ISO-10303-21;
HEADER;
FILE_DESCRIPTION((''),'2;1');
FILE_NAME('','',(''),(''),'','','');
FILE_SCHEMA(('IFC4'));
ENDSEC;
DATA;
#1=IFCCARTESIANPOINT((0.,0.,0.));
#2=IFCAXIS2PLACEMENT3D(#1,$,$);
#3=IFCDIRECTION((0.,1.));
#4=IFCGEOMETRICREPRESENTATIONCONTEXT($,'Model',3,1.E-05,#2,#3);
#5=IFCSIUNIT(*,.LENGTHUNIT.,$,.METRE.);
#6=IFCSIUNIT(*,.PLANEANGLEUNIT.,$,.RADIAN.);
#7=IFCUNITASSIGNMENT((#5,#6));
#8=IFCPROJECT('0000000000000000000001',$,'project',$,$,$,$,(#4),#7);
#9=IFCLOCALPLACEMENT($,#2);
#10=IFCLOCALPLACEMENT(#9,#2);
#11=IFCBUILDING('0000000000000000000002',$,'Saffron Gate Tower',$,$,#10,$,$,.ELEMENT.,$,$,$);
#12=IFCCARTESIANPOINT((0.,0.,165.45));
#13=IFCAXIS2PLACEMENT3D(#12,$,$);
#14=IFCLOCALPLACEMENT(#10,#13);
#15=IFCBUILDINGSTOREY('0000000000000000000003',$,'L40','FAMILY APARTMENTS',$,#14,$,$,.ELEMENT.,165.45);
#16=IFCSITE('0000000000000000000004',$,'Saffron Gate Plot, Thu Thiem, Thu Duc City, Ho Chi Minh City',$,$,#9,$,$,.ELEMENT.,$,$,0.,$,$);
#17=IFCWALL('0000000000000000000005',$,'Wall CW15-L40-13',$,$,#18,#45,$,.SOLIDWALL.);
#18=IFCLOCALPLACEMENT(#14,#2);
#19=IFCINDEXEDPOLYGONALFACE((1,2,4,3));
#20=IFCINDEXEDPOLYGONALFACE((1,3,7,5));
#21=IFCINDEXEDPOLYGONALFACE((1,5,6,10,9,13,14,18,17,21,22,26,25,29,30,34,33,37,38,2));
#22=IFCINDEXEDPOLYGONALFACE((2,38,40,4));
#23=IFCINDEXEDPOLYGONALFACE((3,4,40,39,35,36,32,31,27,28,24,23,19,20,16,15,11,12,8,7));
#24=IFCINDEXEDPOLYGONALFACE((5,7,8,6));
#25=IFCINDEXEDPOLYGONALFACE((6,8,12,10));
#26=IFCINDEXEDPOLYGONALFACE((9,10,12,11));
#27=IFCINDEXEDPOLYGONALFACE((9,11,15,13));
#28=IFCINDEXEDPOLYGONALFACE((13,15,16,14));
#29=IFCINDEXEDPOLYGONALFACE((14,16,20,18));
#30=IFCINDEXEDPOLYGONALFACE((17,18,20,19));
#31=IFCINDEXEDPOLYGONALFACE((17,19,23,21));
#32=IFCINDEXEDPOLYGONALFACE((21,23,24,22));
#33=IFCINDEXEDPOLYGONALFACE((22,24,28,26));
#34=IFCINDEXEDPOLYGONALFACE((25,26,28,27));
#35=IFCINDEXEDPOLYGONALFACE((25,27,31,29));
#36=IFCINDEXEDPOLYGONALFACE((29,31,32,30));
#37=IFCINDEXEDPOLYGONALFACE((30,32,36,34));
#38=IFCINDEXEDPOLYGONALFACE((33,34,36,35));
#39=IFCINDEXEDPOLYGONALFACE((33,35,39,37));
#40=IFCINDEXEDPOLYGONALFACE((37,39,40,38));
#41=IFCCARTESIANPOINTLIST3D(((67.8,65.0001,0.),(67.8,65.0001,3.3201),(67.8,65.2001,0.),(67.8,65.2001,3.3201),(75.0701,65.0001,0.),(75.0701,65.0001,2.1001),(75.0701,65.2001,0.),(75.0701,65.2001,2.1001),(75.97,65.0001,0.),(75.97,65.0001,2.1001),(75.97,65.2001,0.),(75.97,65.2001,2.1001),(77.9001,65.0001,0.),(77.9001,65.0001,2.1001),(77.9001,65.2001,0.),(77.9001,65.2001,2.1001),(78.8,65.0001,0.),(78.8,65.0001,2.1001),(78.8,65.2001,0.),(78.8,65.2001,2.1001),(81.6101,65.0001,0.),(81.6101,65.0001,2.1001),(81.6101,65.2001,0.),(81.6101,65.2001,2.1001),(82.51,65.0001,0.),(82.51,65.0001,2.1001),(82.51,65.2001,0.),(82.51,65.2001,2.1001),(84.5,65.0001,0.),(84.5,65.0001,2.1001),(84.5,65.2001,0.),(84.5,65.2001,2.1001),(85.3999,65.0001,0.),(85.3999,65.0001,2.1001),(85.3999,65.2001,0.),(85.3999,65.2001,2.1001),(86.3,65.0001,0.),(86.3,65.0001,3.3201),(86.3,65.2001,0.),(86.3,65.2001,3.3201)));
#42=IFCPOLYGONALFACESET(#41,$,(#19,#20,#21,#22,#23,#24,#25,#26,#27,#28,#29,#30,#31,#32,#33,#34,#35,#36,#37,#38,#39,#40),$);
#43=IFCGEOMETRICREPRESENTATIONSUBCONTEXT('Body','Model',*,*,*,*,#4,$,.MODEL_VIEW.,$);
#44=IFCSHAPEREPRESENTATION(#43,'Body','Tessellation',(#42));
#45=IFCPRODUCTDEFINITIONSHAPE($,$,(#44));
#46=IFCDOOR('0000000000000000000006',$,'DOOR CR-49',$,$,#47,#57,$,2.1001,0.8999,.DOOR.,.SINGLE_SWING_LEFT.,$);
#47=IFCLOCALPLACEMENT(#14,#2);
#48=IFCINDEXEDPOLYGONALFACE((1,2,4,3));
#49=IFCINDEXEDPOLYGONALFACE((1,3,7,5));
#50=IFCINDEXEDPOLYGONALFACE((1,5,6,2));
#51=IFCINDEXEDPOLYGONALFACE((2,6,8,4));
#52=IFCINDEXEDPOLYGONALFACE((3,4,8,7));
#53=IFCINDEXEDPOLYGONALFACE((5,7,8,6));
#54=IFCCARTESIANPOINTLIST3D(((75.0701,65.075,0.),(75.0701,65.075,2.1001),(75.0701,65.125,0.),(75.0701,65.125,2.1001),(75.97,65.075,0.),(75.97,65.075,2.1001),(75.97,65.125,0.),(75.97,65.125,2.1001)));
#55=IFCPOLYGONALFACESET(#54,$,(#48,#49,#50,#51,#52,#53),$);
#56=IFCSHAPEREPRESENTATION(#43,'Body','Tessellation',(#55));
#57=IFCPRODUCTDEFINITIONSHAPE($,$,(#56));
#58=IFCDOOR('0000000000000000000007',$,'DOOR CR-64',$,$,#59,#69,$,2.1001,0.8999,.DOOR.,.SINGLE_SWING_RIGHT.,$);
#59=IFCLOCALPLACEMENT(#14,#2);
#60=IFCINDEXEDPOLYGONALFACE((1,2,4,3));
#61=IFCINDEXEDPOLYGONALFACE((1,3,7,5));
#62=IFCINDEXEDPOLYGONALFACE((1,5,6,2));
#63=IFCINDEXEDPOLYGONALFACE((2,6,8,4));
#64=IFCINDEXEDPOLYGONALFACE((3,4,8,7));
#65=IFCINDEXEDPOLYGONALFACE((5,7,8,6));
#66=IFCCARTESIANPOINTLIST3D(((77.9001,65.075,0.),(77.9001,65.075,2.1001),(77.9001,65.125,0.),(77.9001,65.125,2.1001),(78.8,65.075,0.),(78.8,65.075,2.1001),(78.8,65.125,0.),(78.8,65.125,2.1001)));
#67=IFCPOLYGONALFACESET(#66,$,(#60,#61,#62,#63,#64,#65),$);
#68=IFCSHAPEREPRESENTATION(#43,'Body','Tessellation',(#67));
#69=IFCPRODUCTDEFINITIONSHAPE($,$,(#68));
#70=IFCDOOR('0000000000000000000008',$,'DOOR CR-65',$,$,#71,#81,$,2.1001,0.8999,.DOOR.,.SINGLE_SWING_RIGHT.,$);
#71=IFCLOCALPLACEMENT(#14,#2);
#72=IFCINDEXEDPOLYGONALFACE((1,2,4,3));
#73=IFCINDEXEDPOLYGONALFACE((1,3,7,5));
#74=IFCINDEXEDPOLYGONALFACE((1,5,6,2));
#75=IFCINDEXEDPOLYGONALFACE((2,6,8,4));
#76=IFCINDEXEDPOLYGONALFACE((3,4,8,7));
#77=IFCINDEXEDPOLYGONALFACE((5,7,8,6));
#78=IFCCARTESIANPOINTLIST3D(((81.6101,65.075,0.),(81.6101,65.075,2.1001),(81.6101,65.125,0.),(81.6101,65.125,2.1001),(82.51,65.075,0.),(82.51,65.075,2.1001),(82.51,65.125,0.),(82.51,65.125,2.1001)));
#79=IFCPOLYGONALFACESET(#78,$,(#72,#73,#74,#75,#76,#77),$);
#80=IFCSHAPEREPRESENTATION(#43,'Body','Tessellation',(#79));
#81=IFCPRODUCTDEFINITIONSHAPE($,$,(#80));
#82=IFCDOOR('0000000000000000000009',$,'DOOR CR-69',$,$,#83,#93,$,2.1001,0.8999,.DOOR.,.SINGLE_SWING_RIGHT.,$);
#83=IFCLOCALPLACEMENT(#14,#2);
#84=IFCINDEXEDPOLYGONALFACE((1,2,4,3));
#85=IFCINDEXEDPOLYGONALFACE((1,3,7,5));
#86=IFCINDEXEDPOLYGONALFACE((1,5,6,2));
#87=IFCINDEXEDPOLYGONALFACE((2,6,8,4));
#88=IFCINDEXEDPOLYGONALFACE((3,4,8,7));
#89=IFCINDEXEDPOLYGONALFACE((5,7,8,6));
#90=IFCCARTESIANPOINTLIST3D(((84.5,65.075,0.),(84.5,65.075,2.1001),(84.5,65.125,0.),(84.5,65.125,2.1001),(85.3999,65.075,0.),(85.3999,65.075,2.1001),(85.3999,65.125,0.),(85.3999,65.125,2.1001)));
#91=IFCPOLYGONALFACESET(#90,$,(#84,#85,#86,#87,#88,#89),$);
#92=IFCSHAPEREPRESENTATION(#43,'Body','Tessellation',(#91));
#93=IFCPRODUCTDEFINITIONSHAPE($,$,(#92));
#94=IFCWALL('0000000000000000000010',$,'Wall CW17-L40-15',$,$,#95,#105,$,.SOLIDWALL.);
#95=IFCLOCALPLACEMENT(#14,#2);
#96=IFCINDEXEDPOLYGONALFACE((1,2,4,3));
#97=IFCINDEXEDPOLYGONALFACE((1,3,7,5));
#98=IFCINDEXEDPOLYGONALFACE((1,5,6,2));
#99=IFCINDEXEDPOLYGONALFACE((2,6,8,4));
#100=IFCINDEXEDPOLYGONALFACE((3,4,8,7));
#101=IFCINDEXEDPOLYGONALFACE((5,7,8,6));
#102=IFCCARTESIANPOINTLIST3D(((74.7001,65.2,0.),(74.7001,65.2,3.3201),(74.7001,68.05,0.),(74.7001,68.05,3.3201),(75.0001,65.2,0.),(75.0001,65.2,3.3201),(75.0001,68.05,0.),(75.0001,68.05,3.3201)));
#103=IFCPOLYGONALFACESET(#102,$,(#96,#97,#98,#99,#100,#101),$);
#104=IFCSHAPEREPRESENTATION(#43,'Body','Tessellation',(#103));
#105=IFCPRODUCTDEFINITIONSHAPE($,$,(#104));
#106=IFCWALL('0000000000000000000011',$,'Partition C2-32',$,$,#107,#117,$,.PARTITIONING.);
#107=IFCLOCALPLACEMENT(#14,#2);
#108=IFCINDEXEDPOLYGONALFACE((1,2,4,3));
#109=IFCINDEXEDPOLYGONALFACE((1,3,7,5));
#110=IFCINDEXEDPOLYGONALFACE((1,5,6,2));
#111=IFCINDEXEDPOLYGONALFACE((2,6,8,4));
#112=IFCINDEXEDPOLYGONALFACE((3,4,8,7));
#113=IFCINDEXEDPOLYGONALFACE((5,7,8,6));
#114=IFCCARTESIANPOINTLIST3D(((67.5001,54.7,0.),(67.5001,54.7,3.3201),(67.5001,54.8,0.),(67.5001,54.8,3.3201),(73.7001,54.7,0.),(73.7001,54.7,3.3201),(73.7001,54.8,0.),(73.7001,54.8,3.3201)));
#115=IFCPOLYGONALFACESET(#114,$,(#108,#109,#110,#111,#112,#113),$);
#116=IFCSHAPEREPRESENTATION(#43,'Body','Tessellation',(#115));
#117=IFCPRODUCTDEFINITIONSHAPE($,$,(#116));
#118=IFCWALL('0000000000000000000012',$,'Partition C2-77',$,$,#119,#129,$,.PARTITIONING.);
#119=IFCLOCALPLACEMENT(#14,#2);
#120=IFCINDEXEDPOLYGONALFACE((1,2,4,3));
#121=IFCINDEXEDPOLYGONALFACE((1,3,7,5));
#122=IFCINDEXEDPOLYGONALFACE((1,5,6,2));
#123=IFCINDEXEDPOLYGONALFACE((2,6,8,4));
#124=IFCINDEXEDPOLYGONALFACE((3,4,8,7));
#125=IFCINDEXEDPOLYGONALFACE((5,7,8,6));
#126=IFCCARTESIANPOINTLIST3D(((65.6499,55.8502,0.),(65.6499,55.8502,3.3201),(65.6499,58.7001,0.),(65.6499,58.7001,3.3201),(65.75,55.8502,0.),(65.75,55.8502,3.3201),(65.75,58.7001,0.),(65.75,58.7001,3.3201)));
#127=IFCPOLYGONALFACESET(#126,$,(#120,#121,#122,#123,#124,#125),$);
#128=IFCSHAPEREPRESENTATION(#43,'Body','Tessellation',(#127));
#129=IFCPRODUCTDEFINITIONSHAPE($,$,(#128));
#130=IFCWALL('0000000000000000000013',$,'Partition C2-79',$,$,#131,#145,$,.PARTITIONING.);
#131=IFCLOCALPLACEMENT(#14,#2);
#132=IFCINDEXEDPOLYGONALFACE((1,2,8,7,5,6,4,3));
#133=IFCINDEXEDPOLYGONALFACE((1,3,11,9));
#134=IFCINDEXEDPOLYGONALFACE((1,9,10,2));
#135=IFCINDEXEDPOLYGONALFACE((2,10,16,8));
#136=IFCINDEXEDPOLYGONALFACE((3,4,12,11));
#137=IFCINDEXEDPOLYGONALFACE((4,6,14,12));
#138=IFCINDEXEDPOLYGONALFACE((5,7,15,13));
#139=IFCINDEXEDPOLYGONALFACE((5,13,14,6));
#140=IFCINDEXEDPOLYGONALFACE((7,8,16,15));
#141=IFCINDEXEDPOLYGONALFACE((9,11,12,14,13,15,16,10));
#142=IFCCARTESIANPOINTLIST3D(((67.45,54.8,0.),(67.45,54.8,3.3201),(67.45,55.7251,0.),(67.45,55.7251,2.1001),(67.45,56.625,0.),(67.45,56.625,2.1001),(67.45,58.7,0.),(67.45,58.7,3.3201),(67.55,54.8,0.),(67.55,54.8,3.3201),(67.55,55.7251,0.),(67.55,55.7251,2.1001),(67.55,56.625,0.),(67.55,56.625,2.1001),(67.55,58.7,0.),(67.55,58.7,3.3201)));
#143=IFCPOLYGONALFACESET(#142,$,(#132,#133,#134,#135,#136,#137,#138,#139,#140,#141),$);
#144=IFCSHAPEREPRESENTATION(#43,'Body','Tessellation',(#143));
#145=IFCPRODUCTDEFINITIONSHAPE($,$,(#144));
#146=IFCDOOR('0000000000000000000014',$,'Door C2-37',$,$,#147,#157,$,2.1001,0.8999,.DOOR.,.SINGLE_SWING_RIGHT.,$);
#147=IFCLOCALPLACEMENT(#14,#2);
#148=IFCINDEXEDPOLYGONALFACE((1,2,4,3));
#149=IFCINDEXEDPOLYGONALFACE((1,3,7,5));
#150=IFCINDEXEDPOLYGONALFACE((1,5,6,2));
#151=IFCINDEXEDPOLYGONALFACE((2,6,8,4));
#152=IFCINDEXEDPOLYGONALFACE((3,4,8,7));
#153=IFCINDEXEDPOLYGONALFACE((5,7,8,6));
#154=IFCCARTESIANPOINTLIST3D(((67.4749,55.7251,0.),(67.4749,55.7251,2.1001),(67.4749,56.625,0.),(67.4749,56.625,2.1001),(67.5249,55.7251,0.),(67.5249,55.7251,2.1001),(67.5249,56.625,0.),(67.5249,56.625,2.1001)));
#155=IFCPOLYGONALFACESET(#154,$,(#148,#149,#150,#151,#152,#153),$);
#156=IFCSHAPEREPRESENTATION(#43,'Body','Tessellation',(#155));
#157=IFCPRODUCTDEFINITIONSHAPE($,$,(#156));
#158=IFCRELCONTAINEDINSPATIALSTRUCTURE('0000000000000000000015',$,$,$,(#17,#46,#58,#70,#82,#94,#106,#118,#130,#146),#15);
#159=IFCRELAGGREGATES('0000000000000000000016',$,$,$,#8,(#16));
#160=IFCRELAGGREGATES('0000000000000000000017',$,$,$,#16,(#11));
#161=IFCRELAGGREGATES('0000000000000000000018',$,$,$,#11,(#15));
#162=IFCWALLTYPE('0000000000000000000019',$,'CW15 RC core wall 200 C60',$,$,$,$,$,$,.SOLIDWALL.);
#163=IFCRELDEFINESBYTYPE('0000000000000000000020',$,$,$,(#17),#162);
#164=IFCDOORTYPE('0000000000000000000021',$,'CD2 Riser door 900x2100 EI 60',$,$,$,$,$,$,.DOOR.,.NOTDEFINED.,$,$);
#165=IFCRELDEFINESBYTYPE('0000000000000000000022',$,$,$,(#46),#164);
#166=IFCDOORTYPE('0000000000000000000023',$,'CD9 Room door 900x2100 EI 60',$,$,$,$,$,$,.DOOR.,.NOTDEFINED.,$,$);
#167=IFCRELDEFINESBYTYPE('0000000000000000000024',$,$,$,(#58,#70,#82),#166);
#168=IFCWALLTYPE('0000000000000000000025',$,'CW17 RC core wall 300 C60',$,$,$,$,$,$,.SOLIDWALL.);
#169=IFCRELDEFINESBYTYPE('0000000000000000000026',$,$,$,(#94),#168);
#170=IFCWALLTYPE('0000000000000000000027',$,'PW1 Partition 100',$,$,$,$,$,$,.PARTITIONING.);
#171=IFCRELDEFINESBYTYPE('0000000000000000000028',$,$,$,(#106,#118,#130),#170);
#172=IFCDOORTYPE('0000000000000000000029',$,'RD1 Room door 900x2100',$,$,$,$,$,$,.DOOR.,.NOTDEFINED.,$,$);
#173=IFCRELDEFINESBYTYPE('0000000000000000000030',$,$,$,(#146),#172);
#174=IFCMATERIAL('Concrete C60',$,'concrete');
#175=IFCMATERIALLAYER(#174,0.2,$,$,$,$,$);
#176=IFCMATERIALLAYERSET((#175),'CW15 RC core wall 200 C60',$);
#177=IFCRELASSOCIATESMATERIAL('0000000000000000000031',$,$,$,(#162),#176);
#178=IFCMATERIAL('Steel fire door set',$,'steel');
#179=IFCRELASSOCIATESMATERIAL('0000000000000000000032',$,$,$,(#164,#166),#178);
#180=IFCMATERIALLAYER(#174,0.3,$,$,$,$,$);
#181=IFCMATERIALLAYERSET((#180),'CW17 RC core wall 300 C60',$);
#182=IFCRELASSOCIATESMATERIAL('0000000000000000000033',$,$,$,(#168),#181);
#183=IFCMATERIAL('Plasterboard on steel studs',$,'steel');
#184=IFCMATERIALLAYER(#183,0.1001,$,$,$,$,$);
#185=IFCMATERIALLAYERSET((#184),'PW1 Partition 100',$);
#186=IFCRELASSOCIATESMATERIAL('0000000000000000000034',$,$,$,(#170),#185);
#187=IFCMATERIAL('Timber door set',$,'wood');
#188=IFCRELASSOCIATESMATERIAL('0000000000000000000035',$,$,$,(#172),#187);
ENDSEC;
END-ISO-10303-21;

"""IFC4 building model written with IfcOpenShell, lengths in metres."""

from ifc_helpers import new_model, si_unit, direction, frame, frame_2d, origin, place, context, subcontext, project, spatial, rectangle, extrude, material, layer, layer_set, type_object, element, fill, save


model = new_model("IFC4")

# Units and contexts
model_context = context("Model", 3, precision=1e-05, world=origin(), true_north=direction((0.0, 1.0)))
body_context = subcontext(model_context, "Body", "Model", "MODEL_VIEW")
ifc_project = project(units=[si_unit("LENGTHUNIT", "METRE"), si_unit("PLANEANGLEUNIT", "RADIAN")], contexts=[model_context])

# Site, building, storey
site_placement = place(None, origin())
site = spatial("IfcSite", under=ifc_project, at=site_placement, Name="Saffron Gate Plot, Thu Thiem, Thu Duc City, Ho Chi Minh City", CompositionType="ELEMENT", RefElevation=0.0)
building_placement = place(site_placement, origin())
building = spatial("IfcBuilding", under=site, at=building_placement, Name="Saffron Gate Tower", CompositionType="ELEMENT")
storey_placement = place(building_placement, frame((0.0, 0.0, 165.45)))
storey = spatial("IfcBuildingStorey", under=building, at=storey_placement, Name="L40", Description="FAMILY APARTMENTS", CompositionType="ELEMENT", Elevation=165.45)

# Shared definitions
ifc_material_1 = material(Name="Concrete C60", Category="concrete")
ifc_material_2 = material(Name="Steel fire door set", Category="steel")

# Wall, openings, doors
ifc_layer_1 = layer(ifc_material_1, 0.2)
ifc_layer_set_1 = layer_set([ifc_layer_1], Name="CW15 RC core wall 200 C60")
wall_type_1 = type_object("IfcWallType", Name="CW15 RC core wall 200 C60", PredefinedType="SOLIDWALL", material=ifc_layer_set_1)
wall_1_placement = place(storey_placement, frame((67.8, 65.1001, 0.0), z_axis=(0.0, 0.0, 1.0), x_axis=(1.0, 0.0, 0.0)))
wall_1 = element("IfcWall", 1, at=wall_1_placement, inside=storey, type_object=wall_type_1, Name="Wall CW15-L40-13", PredefinedType="SOLIDWALL", context=body_context, shape_type="SweptSolid", body=[
    extrude(rectangle(XDim=18.5, YDim=0.2, at=frame_2d((9.25, 0.0))), origin(), (0.0, 0.0, 1.0), 3.3201),
])
opening_1_placement = place(wall_1_placement, frame((7.27, 0.0, 0.0)))
opening_1 = element("IfcOpeningElement", 2, at=opening_1_placement, cuts=wall_1, PredefinedType="OPENING", context=body_context, shape_type="SweptSolid", body=[
    extrude(rectangle(XDim=0.8999, YDim=2.1001, at=frame_2d((0.45, 1.05))), frame((0.0, 0.1099, 0.0), z_axis=(0.0, -1.0, 0.0), x_axis=(1.0, 0.0, 0.0)), (0.0, 0.0, 1.0), 0.22),
])
opening_2_placement = place(wall_1_placement, frame((10.1001, 0.0, 0.0)))
opening_2 = element("IfcOpeningElement", 3, at=opening_2_placement, cuts=wall_1, PredefinedType="OPENING", context=body_context, shape_type="SweptSolid", body=[
    extrude(rectangle(XDim=0.8999, YDim=2.1001, at=frame_2d((0.45, 1.05))), frame((0.0, 0.1099, 0.0), z_axis=(0.0, -1.0, 0.0), x_axis=(1.0, 0.0, 0.0)), (0.0, 0.0, 1.0), 0.22),
])
opening_3_placement = place(wall_1_placement, frame((13.8101, 0.0, 0.0)))
opening_3 = element("IfcOpeningElement", 4, at=opening_3_placement, cuts=wall_1, PredefinedType="OPENING", context=body_context, shape_type="SweptSolid", body=[
    extrude(rectangle(XDim=0.8999, YDim=2.1001, at=frame_2d((0.45, 1.05))), frame((0.0, 0.1099, 0.0), z_axis=(0.0, -1.0, 0.0), x_axis=(1.0, 0.0, 0.0)), (0.0, 0.0, 1.0), 0.22),
])
opening_4_placement = place(wall_1_placement, frame((16.7, 0.0, 0.0)))
opening_4 = element("IfcOpeningElement", 5, at=opening_4_placement, cuts=wall_1, PredefinedType="OPENING", context=body_context, shape_type="SweptSolid", body=[
    extrude(rectangle(XDim=0.8999, YDim=2.1001, at=frame_2d((0.45, 1.05))), frame((0.0, 0.1099, 0.0), z_axis=(0.0, -1.0, 0.0), x_axis=(1.0, 0.0, 0.0)), (0.0, 0.0, 1.0), 0.22),
])
door_type_1 = type_object("IfcDoorType", Name="CD2 Riser door 900x2100 EI 60", OperationType="NOTDEFINED", PredefinedType="DOOR", material=ifc_material_2)
door_1_placement = place(opening_1_placement, origin())
door_1 = element("IfcDoor", 6, at=door_1_placement, inside=storey, type_object=door_type_1, Name="DOOR CR-49", OperationType="SINGLE_SWING_LEFT", OverallHeight=2.1001, OverallWidth=0.8999, PredefinedType="DOOR", context=body_context, shape_type="SweptSolid", body=[
    extrude(rectangle(XDim=0.8999, YDim=2.1001, at=frame_2d((0.45, 1.05))), frame((0.0, 0.0249, 0.0), z_axis=(0.0, -1.0, 0.0), x_axis=(1.0, 0.0, 0.0)), (0.0, 0.0, 1.0), 0.05),
])
fill(opening_1, door_1)
door_type_2 = type_object("IfcDoorType", Name="CD9 Room door 900x2100 EI 60", OperationType="NOTDEFINED", PredefinedType="DOOR", material=ifc_material_2)
door_2_placement = place(opening_2_placement, origin())
door_2 = element("IfcDoor", 7, at=door_2_placement, inside=storey, type_object=door_type_2, Name="DOOR CR-64", OperationType="SINGLE_SWING_RIGHT", OverallHeight=2.1001, OverallWidth=0.8999, PredefinedType="DOOR", context=body_context, shape_type="SweptSolid", body=[
    extrude(rectangle(XDim=0.8999, YDim=2.1001, at=frame_2d((0.45, 1.05))), frame((0.0, 0.0249, 0.0), z_axis=(0.0, -1.0, 0.0), x_axis=(1.0, 0.0, 0.0)), (0.0, 0.0, 1.0), 0.05),
])
fill(opening_2, door_2)
door_3_placement = place(opening_3_placement, origin())
door_3 = element("IfcDoor", 8, at=door_3_placement, inside=storey, type_object=door_type_2, Name="DOOR CR-65", OperationType="SINGLE_SWING_RIGHT", OverallHeight=2.1001, OverallWidth=0.8999, PredefinedType="DOOR", context=body_context, shape_type="SweptSolid", body=[
    extrude(rectangle(XDim=0.8999, YDim=2.1001, at=frame_2d((0.45, 1.05))), frame((0.0, 0.0249, 0.0), z_axis=(0.0, -1.0, 0.0), x_axis=(1.0, 0.0, 0.0)), (0.0, 0.0, 1.0), 0.05),
])
fill(opening_3, door_3)
door_4_placement = place(opening_4_placement, origin())
door_4 = element("IfcDoor", 9, at=door_4_placement, inside=storey, type_object=door_type_2, Name="DOOR CR-69", OperationType="SINGLE_SWING_RIGHT", OverallHeight=2.1001, OverallWidth=0.8999, PredefinedType="DOOR", context=body_context, shape_type="SweptSolid", body=[
    extrude(rectangle(XDim=0.8999, YDim=2.1001, at=frame_2d((0.45, 1.05))), frame((0.0, 0.0249, 0.0), z_axis=(0.0, -1.0, 0.0), x_axis=(1.0, 0.0, 0.0)), (0.0, 0.0, 1.0), 0.05),
])
fill(opening_4, door_4)

# Walls
ifc_layer_2 = layer(ifc_material_1, 0.3)
ifc_layer_set_2 = layer_set([ifc_layer_2], Name="CW17 RC core wall 300 C60")
wall_type_2 = type_object("IfcWallType", Name="CW17 RC core wall 300 C60", PredefinedType="SOLIDWALL", material=ifc_layer_set_2)
wall_2_placement = place(storey_placement, frame((74.8501, 65.2, 0.0), z_axis=(0.0, 0.0, 1.0), x_axis=(0.0, 1.0, 0.0)))
element("IfcWall", 10, at=wall_2_placement, inside=storey, type_object=wall_type_2, Name="Wall CW17-L40-15", PredefinedType="SOLIDWALL", context=body_context, shape_type="SweptSolid", body=[
    extrude(rectangle(XDim=2.8501, YDim=0.3, at=frame_2d((1.425, 0.0))), origin(), (0.0, 0.0, 1.0), 3.3201),
])
ifc_material_3 = material(Name="Plasterboard on steel studs", Category="steel")
ifc_layer_3 = layer(ifc_material_3, 0.1001)
ifc_layer_set_3 = layer_set([ifc_layer_3], Name="PW1 Partition 100")
wall_type_3 = type_object("IfcWallType", Name="PW1 Partition 100", PredefinedType="PARTITIONING", material=ifc_layer_set_3)
wall_3_placement = place(storey_placement, frame((67.5, 54.75, 0.0), z_axis=(0.0, 0.0, 1.0), x_axis=(1.0, 0.0, 0.0)))
element("IfcWall", 11, at=wall_3_placement, inside=storey, type_object=wall_type_3, Name="Partition C2-32", PredefinedType="PARTITIONING", context=body_context, shape_type="SweptSolid", body=[
    extrude(rectangle(XDim=6.2, YDim=0.1001, at=frame_2d((3.1001, 0.0))), origin(), (0.0, 0.0, 1.0), 3.3201),
])
wall_4_placement = place(storey_placement, frame((65.7, 58.7, 0.0), z_axis=(0.0, 0.0, 1.0), x_axis=(0.0, -1.0, 0.0)))
element("IfcWall", 12, at=wall_4_placement, inside=storey, type_object=wall_type_3, Name="Partition C2-77", PredefinedType="PARTITIONING", context=body_context, shape_type="SweptSolid", body=[
    extrude(rectangle(XDim=2.8499, YDim=0.1001, at=frame_2d((1.4248, 0.0))), origin(), (0.0, 0.0, 1.0), 3.3201),
])

# Wall, opening, door
wall_5_placement = place(storey_placement, frame((67.5, 58.7, 0.0), z_axis=(0.0, 0.0, 1.0), x_axis=(0.0, -1.0, 0.0)))
wall_5 = element("IfcWall", 13, at=wall_5_placement, inside=storey, type_object=wall_type_3, Name="Partition C2-79", PredefinedType="PARTITIONING", context=body_context, shape_type="SweptSolid", body=[
    extrude(rectangle(XDim=3.8999, YDim=0.1001, at=frame_2d((1.95, 0.0))), origin(), (0.0, 0.0, 1.0), 3.3201),
])
opening_5_placement = place(wall_5_placement, frame((2.075, 0.0, 0.0)))
opening_5 = element("IfcOpeningElement", 14, at=opening_5_placement, cuts=wall_5, PredefinedType="OPENING", context=body_context, shape_type="SweptSolid", body=[
    extrude(rectangle(XDim=0.8999, YDim=2.1001, at=frame_2d((0.45, 1.05))), frame((0.0, 0.0601, 0.0), z_axis=(0.0, -1.0, 0.0), x_axis=(1.0, 0.0, 0.0)), (0.0, 0.0, 1.0), 0.1201),
])
ifc_material_4 = material(Name="Timber door set", Category="wood")
door_type_3 = type_object("IfcDoorType", Name="RD1 Room door 900x2100", OperationType="NOTDEFINED", PredefinedType="DOOR", material=ifc_material_4)
door_5_placement = place(opening_5_placement, origin())
door_5 = element("IfcDoor", 15, at=door_5_placement, inside=storey, type_object=door_type_3, Name="Door C2-37", OperationType="SINGLE_SWING_RIGHT", OverallHeight=2.1001, OverallWidth=0.8999, PredefinedType="DOOR", context=body_context, shape_type="SweptSolid", body=[
    extrude(rectangle(XDim=0.8999, YDim=2.1001, at=frame_2d((0.45, 1.05))), frame((0.0, 0.0249, 0.0), z_axis=(0.0, -1.0, 0.0), x_axis=(1.0, 0.0, 0.0)), (0.0, 0.0, 1.0), 0.05),
])
fill(opening_5, door_5)

save(model, "model.ifc")
